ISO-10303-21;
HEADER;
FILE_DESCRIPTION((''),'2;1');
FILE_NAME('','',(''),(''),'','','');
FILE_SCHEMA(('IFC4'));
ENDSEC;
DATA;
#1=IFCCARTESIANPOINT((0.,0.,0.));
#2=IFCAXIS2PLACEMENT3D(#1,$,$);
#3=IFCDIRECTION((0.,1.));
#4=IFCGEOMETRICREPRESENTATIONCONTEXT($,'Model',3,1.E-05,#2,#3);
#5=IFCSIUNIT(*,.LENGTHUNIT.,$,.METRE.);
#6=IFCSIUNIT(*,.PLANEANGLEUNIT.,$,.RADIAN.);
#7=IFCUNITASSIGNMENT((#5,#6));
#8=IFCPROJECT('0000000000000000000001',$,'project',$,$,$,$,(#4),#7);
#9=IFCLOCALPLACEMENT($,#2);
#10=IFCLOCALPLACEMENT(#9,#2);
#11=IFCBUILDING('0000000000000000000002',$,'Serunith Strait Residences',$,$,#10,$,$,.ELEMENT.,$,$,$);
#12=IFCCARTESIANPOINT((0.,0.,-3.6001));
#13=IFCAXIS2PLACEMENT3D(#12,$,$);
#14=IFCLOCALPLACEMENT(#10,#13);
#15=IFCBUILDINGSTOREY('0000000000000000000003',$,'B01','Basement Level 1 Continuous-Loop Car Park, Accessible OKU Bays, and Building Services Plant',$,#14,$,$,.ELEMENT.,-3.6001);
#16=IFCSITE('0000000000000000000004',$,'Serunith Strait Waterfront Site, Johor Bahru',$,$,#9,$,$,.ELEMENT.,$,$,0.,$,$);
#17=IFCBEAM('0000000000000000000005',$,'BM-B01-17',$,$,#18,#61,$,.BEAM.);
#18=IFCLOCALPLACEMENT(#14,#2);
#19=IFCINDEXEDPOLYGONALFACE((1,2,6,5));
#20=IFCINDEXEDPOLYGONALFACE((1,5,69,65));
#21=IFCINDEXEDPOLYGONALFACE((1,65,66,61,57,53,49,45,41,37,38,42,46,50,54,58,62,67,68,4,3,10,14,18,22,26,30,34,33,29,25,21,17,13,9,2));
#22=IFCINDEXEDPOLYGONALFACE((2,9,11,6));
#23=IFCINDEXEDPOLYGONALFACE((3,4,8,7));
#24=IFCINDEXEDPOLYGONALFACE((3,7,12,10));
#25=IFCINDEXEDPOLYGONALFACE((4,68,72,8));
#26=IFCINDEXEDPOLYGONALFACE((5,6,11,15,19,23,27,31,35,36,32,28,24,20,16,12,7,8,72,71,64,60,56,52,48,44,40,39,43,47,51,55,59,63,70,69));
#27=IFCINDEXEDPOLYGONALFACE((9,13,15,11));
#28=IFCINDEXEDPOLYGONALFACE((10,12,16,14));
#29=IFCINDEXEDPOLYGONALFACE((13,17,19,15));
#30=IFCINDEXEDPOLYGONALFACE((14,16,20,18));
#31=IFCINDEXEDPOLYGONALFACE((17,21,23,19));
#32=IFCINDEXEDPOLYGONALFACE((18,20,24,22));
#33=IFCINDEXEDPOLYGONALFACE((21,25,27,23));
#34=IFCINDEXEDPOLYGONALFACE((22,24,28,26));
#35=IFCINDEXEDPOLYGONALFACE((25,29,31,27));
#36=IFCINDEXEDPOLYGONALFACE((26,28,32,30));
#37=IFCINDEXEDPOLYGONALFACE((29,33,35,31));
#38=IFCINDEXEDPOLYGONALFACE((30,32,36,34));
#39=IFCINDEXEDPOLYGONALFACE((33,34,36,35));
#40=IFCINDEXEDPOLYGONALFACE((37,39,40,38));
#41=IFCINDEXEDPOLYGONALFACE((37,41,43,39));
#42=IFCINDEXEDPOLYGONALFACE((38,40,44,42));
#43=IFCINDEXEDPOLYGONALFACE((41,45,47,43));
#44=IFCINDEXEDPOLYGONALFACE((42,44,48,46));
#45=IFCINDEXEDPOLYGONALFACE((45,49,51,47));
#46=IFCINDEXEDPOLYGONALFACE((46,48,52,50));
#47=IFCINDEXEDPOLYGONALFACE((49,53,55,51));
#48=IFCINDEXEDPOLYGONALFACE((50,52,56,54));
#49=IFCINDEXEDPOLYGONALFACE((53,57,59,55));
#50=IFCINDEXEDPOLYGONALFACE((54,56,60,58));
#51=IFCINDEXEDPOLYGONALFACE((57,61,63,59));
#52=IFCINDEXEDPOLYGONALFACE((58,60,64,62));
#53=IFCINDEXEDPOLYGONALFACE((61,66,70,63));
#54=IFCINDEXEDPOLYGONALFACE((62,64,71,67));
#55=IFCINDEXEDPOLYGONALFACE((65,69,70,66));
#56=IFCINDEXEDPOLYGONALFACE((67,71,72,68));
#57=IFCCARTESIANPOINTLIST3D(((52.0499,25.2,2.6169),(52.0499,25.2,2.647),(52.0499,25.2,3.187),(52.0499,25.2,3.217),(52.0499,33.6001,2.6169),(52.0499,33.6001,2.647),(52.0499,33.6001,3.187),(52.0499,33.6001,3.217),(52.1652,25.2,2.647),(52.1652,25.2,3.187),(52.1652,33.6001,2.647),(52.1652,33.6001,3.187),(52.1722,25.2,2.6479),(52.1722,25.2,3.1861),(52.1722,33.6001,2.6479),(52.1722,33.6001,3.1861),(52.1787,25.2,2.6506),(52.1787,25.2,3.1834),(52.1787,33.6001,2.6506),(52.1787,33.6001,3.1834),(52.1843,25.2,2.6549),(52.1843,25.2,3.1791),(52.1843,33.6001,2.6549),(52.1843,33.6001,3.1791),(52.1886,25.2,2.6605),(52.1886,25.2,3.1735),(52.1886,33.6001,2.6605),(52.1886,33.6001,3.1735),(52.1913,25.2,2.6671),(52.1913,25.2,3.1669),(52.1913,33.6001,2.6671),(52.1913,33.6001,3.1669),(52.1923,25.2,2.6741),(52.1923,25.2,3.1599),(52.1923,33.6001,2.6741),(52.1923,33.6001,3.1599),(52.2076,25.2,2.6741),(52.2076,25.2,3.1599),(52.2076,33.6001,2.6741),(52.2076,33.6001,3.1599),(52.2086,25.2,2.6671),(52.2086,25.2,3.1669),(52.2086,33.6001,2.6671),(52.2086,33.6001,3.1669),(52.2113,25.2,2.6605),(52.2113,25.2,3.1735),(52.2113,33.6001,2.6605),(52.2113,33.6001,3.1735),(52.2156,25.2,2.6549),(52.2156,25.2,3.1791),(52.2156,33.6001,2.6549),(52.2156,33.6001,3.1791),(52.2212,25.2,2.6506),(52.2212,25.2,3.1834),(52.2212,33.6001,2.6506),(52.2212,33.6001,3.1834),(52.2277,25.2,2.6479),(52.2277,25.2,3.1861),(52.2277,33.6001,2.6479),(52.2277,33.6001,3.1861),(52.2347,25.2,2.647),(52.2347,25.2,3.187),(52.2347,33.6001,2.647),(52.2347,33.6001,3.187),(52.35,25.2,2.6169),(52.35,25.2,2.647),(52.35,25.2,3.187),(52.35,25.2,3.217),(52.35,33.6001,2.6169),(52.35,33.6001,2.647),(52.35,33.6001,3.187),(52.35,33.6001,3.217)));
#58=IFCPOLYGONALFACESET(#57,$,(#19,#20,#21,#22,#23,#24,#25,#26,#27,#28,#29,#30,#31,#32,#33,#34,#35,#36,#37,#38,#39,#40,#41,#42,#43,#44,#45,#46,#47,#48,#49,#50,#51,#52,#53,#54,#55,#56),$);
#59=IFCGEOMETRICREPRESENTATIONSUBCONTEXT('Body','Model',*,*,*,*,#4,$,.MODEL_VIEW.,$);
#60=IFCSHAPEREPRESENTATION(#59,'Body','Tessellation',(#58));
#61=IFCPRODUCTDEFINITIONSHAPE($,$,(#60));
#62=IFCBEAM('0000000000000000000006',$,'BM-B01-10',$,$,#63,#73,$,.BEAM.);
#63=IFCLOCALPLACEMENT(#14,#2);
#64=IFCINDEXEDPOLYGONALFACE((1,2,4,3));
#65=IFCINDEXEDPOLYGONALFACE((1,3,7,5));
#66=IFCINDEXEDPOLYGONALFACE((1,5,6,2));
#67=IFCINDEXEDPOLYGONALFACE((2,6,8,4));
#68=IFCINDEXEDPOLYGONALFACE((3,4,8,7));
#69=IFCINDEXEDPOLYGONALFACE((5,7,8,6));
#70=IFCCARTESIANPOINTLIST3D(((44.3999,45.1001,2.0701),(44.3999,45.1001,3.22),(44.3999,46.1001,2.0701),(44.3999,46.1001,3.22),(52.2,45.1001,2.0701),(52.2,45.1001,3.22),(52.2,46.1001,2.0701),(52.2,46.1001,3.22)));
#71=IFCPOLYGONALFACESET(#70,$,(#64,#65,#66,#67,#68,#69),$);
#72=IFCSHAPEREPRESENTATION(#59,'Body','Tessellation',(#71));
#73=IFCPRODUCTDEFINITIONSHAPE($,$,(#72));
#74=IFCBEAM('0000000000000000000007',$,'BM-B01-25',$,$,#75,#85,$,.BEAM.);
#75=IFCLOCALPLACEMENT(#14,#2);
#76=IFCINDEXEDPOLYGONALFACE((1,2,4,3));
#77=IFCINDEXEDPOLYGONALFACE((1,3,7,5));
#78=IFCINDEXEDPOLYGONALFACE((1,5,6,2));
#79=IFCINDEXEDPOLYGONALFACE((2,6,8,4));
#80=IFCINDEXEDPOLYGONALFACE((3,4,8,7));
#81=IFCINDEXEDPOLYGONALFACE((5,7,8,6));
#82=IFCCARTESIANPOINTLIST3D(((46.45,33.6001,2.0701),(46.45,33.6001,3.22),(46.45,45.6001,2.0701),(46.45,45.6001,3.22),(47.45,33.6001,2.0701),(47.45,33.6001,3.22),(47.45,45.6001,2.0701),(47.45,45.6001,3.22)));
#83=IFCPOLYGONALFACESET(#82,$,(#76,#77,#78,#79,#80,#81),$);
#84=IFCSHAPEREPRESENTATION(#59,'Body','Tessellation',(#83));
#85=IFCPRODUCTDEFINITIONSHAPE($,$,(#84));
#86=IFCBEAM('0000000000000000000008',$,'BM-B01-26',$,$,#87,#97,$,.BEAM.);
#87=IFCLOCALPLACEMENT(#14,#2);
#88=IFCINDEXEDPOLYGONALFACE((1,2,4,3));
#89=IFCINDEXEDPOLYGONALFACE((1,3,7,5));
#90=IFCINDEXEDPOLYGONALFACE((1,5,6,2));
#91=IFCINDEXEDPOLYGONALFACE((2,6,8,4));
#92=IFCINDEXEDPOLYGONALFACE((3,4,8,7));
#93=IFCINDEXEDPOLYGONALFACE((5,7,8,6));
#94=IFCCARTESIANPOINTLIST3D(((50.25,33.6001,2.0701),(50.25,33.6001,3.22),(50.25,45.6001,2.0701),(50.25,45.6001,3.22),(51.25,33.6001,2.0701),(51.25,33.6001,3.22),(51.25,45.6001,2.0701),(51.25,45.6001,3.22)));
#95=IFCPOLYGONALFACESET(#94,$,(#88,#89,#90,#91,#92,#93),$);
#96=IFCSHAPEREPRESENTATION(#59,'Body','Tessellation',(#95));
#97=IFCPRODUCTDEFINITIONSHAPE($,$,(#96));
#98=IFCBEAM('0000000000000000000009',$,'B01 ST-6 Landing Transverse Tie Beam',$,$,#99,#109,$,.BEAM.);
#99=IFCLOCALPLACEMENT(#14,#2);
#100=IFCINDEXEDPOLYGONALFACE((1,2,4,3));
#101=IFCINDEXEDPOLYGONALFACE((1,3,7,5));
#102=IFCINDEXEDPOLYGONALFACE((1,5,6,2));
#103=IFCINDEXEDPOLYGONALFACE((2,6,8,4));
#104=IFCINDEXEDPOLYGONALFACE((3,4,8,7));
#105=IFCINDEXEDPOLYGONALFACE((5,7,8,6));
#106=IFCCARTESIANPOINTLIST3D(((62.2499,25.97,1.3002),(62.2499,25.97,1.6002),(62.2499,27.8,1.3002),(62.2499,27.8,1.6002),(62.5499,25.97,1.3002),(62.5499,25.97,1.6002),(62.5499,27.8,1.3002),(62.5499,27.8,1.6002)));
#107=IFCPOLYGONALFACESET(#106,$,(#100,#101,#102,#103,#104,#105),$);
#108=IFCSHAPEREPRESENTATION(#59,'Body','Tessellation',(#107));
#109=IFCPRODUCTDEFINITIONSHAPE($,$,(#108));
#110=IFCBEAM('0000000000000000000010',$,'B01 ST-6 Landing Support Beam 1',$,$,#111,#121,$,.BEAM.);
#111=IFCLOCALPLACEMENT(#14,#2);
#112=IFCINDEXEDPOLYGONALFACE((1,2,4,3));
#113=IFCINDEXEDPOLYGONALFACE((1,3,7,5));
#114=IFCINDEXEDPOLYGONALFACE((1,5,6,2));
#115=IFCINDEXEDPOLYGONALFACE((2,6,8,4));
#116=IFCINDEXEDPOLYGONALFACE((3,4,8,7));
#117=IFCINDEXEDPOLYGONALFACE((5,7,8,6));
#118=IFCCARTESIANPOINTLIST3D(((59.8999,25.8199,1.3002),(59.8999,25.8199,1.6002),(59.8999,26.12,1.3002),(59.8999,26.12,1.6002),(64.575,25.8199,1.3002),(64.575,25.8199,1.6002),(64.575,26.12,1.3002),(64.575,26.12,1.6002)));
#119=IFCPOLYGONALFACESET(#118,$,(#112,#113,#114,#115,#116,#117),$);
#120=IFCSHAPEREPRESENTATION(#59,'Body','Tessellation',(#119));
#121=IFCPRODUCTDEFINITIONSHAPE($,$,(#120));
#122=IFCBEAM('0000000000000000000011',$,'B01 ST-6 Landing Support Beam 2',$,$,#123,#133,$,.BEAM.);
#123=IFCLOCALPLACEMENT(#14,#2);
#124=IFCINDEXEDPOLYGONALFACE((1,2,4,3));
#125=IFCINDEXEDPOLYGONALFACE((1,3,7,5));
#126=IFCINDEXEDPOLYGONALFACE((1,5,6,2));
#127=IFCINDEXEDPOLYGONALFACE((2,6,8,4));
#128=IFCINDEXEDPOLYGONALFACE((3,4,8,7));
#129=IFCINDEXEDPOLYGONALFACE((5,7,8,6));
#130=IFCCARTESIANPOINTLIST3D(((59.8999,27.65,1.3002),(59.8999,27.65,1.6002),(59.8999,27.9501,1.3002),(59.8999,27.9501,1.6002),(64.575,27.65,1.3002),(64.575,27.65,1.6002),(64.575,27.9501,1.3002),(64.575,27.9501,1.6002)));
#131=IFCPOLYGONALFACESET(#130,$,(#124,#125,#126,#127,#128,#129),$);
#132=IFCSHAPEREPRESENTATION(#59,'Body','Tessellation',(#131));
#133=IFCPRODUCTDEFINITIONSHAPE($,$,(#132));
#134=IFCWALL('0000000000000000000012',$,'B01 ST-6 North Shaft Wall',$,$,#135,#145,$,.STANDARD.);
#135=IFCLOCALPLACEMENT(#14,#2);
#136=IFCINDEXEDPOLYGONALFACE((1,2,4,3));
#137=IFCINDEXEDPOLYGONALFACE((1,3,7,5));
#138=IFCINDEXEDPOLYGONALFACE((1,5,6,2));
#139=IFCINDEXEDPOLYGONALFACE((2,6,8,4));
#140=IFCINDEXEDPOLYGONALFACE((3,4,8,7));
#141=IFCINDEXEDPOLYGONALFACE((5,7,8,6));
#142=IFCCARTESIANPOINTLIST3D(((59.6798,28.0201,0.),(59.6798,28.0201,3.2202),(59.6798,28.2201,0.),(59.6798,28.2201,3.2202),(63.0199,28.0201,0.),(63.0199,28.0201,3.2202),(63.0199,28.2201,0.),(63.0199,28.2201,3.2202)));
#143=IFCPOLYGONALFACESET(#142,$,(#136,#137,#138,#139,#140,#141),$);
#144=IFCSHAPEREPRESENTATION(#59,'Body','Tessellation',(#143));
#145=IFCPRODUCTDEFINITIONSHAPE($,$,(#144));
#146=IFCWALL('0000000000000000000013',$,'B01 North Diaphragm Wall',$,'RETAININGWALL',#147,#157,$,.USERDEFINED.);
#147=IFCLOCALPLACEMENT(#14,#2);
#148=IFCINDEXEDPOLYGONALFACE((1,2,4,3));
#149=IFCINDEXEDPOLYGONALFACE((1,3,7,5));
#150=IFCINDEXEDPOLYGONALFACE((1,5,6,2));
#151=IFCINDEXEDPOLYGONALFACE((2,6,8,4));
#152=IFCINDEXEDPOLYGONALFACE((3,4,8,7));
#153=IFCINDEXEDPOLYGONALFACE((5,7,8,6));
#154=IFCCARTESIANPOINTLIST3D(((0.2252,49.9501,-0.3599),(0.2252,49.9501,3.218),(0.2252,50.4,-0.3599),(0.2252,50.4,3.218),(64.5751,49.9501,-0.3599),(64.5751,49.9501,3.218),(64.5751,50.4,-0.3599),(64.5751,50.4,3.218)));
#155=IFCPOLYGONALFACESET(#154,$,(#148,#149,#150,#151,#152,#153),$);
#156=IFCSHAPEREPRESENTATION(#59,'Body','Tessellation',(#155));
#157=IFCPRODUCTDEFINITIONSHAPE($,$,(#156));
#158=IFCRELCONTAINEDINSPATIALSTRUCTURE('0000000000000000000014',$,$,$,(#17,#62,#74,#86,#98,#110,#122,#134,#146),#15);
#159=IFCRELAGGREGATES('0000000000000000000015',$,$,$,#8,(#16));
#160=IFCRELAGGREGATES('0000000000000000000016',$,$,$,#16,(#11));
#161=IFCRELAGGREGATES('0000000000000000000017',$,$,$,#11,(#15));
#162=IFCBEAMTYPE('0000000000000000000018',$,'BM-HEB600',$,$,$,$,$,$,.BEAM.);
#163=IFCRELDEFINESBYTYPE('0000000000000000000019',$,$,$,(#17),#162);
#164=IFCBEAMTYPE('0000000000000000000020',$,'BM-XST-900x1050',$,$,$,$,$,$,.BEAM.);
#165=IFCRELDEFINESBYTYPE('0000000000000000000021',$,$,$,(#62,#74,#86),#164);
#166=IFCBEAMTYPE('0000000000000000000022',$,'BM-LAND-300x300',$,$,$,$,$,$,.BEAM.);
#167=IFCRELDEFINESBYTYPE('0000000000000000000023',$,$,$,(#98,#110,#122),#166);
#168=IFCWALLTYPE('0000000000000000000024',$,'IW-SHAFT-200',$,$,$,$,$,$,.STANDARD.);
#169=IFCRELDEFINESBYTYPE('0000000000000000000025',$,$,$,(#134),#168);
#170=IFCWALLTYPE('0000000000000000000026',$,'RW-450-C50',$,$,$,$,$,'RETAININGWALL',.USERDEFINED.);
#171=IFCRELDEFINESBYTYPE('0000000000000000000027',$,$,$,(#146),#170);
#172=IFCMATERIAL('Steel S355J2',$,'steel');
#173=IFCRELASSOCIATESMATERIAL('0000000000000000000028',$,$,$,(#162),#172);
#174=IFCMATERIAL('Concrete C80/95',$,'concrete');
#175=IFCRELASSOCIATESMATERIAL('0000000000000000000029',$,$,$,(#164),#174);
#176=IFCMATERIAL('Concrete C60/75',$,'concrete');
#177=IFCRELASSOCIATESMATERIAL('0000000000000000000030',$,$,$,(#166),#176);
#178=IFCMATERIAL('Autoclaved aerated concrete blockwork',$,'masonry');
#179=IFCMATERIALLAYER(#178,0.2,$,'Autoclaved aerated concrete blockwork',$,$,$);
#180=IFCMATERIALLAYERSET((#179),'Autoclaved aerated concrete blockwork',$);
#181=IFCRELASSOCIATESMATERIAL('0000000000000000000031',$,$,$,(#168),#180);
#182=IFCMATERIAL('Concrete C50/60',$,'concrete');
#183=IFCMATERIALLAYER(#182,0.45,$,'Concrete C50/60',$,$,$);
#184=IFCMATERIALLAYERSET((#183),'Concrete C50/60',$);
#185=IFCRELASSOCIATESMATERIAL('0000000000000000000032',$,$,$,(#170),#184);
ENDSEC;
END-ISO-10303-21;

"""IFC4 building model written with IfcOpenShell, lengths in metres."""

from ifc_helpers import new_model, si_unit, direction, frame, frame_2d, origin, origin_2d, place, context, subcontext, project, spatial, rectangle, i_section, extrude, source, transform, mapped, material, layer, layer_set, material_profile, profile_set, type_object, element, save


model = new_model("IFC4")

# Units and contexts
model_context = context("Model", 3, precision=1e-05, world=origin(), true_north=direction((0.0, 1.0)))
body_context = subcontext(model_context, "Body", "Model", "MODEL_VIEW")
ifc_project = project(units=[si_unit("LENGTHUNIT", "METRE"), si_unit("PLANEANGLEUNIT", "RADIAN")], contexts=[model_context])

# Site, building, storey
site_placement = place(None, origin())
site = spatial("IfcSite", under=ifc_project, at=site_placement, Name="Serunith Strait Waterfront Site, Johor Bahru", CompositionType="ELEMENT", RefElevation=0.0)
building_placement = place(site_placement, origin())
building = spatial("IfcBuilding", under=site, at=building_placement, Name="Serunith Strait Residences", CompositionType="ELEMENT")
storey_placement = place(building_placement, frame((0.0, 0.0, -3.6001)))
storey = spatial("IfcBuildingStorey", under=building, at=storey_placement, Name="B01", Description="Basement Level 1 Continuous-Loop Car Park, Accessible OKU Bays, and Building Services Plant", CompositionType="ELEMENT", Elevation=-3.6001)

# Beams
ifc_material_1 = material(Name="Steel S355J2", Category="steel")
ifc_material_profile_1 = material_profile(ifc_material_1, i_section(OverallWidth=0.3, OverallDepth=0.6001, WebThickness=0.0154, FlangeThickness=0.03, FilletRadius=0.0271, at=origin_2d()), Name="HEB 600")
ifc_profile_set_1 = profile_set([ifc_material_profile_1], Name="Steel S355J2")
beam_type_1 = type_object("IfcBeamType", Name="BM-HEB600", PredefinedType="BEAM", material=ifc_profile_set_1)
shared_shape_1 = source(origin(), body_context, "Body", "SweptSolid", [
    extrude(i_section(OverallWidth=0.3, OverallDepth=0.6001, WebThickness=0.0154, FlangeThickness=0.03, FilletRadius=0.0271, at=origin_2d()), origin(), (0.0, 0.0, 1.0), 8.4001),
])
beam_1_placement = place(storey_placement, frame((52.2, 25.2, 2.917), z_axis=(0.0, 1.0, 0.0), x_axis=(-1.0, 0.0, 0.0)))
element("IfcBeam", 1, at=beam_1_placement, inside=storey, type_object=beam_type_1, Name="BM-B01-17", PredefinedType="BEAM", context=body_context, shape_type="MappedRepresentation", body=[
    mapped(shared_shape_1, transform((0.0, 0.0, 0.0), scale=1.0)),
])
ifc_material_2 = material(Name="Concrete C80/95", Category="concrete")
ifc_material_profile_2 = material_profile(ifc_material_2, rectangle(XDim=1.0, YDim=1.1499, at=origin_2d()), Name="RC 1000x1150")
ifc_profile_set_2 = profile_set([ifc_material_profile_2], Name="Concrete C80/95")
beam_type_2 = type_object("IfcBeamType", Name="BM-XST-900x1050", PredefinedType="BEAM", material=ifc_profile_set_2)
shared_shape_2 = source(origin(), body_context, "Body", "SweptSolid", [
    extrude(rectangle(XDim=1.0, YDim=1.1499, at=origin_2d()), origin(), (0.0, 0.0, 1.0), 7.8),
])
beam_2_placement = place(storey_placement, frame((44.3999, 45.6001, 2.645), z_axis=(1.0, 0.0, 0.0), x_axis=(0.0, 1.0, 0.0)))
element("IfcBeam", 2, at=beam_2_placement, inside=storey, type_object=beam_type_2, Name="BM-B01-10", PredefinedType="BEAM", context=body_context, shape_type="MappedRepresentation", body=[
    mapped(shared_shape_2, transform((0.0, 0.0, 0.0), scale=1.0)),
])
shared_shape_3 = source(origin(), body_context, "Body", "SweptSolid", [
    extrude(rectangle(XDim=1.0, YDim=1.1499, at=origin_2d()), origin(), (0.0, 0.0, 1.0), 12.0),
])
for number, where, z_axis, x_axis, name in (
    (3, (46.95, 33.6001, 2.645), (0.0, 1.0, 0.0), (-1.0, 0.0, 0.0), "BM-B01-25"),
    (4, (50.75, 33.6001, 2.645), (0.0, 1.0, 0.0), (-1.0, 0.0, 0.0), "BM-B01-26"),
):
    element("IfcBeam", number, at=place(storey_placement, frame(where, z_axis=z_axis, x_axis=x_axis)), inside=storey, type_object=beam_type_2, Name=name, PredefinedType="BEAM", context=body_context, shape_type="MappedRepresentation", body=[
        mapped(shared_shape_3, transform((0.0, 0.0, 0.0), scale=1.0)),
    ])
ifc_material_3 = material(Name="Concrete C60/75", Category="concrete")
ifc_material_profile_3 = material_profile(ifc_material_3, rectangle(XDim=0.3, YDim=0.3, at=origin_2d()), Name="RC 300x300")
ifc_profile_set_3 = profile_set([ifc_material_profile_3], Name="Concrete C60/75")
beam_type_3 = type_object("IfcBeamType", Name="BM-LAND-300x300", PredefinedType="BEAM", material=ifc_profile_set_3)
shared_shape_4 = source(origin(), body_context, "Body", "SweptSolid", [
    extrude(rectangle(XDim=0.3, YDim=0.3, at=origin_2d()), origin(), (0.0, 0.0, 1.0), 1.8301),
])
beam_3_placement = place(storey_placement, frame((62.3999, 25.97, 1.4502), z_axis=(0.0, 1.0, 0.0), x_axis=(-1.0, 0.0, 0.0)))
element("IfcBeam", 5, at=beam_3_placement, inside=storey, type_object=beam_type_3, Name="B01 ST-6 Landing Transverse Tie Beam", PredefinedType="BEAM", context=body_context, shape_type="MappedRepresentation", body=[
    mapped(shared_shape_4, transform((0.0, 0.0, 0.0), scale=1.0)),
])
shared_shape_5 = source(origin(), body_context, "Body", "SweptSolid", [
    extrude(rectangle(XDim=0.3, YDim=0.3, at=origin_2d()), origin(), (0.0, 0.0, 1.0), 4.675),
])
for number, where, z_axis, x_axis, name in (
    (6, (59.8999, 25.97, 1.4502), (1.0, 0.0, 0.0), (0.0, 1.0, 0.0), "B01 ST-6 Landing Support Beam 1"),
    (7, (59.8999, 27.8, 1.4502), (1.0, 0.0, 0.0), (0.0, 1.0, 0.0), "B01 ST-6 Landing Support Beam 2"),
):
    element("IfcBeam", number, at=place(storey_placement, frame(where, z_axis=z_axis, x_axis=x_axis)), inside=storey, type_object=beam_type_3, Name=name, PredefinedType="BEAM", context=body_context, shape_type="MappedRepresentation", body=[
        mapped(shared_shape_5, transform((0.0, 0.0, 0.0), scale=1.0)),
    ])

# Walls
ifc_material_4 = material(Name="Autoclaved aerated concrete blockwork", Category="masonry")
ifc_layer_1 = layer(ifc_material_4, 0.2, Name="Autoclaved aerated concrete blockwork")
ifc_layer_set_1 = layer_set([ifc_layer_1], Name="Autoclaved aerated concrete blockwork")
wall_type_1 = type_object("IfcWallType", Name="IW-SHAFT-200", PredefinedType="STANDARD", material=ifc_layer_set_1)
wall_1_placement = place(storey_placement, frame((59.6799, 28.1201, 0.0), z_axis=(0.0, 0.0, 1.0), x_axis=(1.0, 0.0, 0.0)))
element("IfcWall", 8, at=wall_1_placement, inside=storey, type_object=wall_type_1, Name="B01 ST-6 North Shaft Wall", PredefinedType="STANDARD", context=body_context, shape_type="SweptSolid", body=[
    extrude(rectangle(XDim=3.3401, YDim=0.2, at=frame_2d((1.6699, 0.0))), origin(), (0.0, 0.0, 1.0), 3.2202),
])
ifc_material_5 = material(Name="Concrete C50/60", Category="concrete")
ifc_layer_2 = layer(ifc_material_5, 0.45, Name="Concrete C50/60")
ifc_layer_set_2 = layer_set([ifc_layer_2], Name="Concrete C50/60")
wall_type_2 = type_object("IfcWallType", Name="RW-450-C50", ElementType="RETAININGWALL", PredefinedType="USERDEFINED", material=ifc_layer_set_2)
wall_2_placement = place(storey_placement, frame((64.575, 50.175, -0.3599), z_axis=(0.0, 0.0, 1.0), x_axis=(-1.0, 0.0, 0.0)))
element("IfcWall", 9, at=wall_2_placement, inside=storey, type_object=wall_type_2, Name="B01 North Diaphragm Wall", ObjectType="RETAININGWALL", PredefinedType="USERDEFINED", context=body_context, shape_type="SweptSolid", body=[
    extrude(rectangle(XDim=64.3499, YDim=0.45, at=frame_2d((32.1748, 0.0))), origin(), (0.0, 0.0, 1.0), 3.5779),
])

save(model, "model.ifc")
